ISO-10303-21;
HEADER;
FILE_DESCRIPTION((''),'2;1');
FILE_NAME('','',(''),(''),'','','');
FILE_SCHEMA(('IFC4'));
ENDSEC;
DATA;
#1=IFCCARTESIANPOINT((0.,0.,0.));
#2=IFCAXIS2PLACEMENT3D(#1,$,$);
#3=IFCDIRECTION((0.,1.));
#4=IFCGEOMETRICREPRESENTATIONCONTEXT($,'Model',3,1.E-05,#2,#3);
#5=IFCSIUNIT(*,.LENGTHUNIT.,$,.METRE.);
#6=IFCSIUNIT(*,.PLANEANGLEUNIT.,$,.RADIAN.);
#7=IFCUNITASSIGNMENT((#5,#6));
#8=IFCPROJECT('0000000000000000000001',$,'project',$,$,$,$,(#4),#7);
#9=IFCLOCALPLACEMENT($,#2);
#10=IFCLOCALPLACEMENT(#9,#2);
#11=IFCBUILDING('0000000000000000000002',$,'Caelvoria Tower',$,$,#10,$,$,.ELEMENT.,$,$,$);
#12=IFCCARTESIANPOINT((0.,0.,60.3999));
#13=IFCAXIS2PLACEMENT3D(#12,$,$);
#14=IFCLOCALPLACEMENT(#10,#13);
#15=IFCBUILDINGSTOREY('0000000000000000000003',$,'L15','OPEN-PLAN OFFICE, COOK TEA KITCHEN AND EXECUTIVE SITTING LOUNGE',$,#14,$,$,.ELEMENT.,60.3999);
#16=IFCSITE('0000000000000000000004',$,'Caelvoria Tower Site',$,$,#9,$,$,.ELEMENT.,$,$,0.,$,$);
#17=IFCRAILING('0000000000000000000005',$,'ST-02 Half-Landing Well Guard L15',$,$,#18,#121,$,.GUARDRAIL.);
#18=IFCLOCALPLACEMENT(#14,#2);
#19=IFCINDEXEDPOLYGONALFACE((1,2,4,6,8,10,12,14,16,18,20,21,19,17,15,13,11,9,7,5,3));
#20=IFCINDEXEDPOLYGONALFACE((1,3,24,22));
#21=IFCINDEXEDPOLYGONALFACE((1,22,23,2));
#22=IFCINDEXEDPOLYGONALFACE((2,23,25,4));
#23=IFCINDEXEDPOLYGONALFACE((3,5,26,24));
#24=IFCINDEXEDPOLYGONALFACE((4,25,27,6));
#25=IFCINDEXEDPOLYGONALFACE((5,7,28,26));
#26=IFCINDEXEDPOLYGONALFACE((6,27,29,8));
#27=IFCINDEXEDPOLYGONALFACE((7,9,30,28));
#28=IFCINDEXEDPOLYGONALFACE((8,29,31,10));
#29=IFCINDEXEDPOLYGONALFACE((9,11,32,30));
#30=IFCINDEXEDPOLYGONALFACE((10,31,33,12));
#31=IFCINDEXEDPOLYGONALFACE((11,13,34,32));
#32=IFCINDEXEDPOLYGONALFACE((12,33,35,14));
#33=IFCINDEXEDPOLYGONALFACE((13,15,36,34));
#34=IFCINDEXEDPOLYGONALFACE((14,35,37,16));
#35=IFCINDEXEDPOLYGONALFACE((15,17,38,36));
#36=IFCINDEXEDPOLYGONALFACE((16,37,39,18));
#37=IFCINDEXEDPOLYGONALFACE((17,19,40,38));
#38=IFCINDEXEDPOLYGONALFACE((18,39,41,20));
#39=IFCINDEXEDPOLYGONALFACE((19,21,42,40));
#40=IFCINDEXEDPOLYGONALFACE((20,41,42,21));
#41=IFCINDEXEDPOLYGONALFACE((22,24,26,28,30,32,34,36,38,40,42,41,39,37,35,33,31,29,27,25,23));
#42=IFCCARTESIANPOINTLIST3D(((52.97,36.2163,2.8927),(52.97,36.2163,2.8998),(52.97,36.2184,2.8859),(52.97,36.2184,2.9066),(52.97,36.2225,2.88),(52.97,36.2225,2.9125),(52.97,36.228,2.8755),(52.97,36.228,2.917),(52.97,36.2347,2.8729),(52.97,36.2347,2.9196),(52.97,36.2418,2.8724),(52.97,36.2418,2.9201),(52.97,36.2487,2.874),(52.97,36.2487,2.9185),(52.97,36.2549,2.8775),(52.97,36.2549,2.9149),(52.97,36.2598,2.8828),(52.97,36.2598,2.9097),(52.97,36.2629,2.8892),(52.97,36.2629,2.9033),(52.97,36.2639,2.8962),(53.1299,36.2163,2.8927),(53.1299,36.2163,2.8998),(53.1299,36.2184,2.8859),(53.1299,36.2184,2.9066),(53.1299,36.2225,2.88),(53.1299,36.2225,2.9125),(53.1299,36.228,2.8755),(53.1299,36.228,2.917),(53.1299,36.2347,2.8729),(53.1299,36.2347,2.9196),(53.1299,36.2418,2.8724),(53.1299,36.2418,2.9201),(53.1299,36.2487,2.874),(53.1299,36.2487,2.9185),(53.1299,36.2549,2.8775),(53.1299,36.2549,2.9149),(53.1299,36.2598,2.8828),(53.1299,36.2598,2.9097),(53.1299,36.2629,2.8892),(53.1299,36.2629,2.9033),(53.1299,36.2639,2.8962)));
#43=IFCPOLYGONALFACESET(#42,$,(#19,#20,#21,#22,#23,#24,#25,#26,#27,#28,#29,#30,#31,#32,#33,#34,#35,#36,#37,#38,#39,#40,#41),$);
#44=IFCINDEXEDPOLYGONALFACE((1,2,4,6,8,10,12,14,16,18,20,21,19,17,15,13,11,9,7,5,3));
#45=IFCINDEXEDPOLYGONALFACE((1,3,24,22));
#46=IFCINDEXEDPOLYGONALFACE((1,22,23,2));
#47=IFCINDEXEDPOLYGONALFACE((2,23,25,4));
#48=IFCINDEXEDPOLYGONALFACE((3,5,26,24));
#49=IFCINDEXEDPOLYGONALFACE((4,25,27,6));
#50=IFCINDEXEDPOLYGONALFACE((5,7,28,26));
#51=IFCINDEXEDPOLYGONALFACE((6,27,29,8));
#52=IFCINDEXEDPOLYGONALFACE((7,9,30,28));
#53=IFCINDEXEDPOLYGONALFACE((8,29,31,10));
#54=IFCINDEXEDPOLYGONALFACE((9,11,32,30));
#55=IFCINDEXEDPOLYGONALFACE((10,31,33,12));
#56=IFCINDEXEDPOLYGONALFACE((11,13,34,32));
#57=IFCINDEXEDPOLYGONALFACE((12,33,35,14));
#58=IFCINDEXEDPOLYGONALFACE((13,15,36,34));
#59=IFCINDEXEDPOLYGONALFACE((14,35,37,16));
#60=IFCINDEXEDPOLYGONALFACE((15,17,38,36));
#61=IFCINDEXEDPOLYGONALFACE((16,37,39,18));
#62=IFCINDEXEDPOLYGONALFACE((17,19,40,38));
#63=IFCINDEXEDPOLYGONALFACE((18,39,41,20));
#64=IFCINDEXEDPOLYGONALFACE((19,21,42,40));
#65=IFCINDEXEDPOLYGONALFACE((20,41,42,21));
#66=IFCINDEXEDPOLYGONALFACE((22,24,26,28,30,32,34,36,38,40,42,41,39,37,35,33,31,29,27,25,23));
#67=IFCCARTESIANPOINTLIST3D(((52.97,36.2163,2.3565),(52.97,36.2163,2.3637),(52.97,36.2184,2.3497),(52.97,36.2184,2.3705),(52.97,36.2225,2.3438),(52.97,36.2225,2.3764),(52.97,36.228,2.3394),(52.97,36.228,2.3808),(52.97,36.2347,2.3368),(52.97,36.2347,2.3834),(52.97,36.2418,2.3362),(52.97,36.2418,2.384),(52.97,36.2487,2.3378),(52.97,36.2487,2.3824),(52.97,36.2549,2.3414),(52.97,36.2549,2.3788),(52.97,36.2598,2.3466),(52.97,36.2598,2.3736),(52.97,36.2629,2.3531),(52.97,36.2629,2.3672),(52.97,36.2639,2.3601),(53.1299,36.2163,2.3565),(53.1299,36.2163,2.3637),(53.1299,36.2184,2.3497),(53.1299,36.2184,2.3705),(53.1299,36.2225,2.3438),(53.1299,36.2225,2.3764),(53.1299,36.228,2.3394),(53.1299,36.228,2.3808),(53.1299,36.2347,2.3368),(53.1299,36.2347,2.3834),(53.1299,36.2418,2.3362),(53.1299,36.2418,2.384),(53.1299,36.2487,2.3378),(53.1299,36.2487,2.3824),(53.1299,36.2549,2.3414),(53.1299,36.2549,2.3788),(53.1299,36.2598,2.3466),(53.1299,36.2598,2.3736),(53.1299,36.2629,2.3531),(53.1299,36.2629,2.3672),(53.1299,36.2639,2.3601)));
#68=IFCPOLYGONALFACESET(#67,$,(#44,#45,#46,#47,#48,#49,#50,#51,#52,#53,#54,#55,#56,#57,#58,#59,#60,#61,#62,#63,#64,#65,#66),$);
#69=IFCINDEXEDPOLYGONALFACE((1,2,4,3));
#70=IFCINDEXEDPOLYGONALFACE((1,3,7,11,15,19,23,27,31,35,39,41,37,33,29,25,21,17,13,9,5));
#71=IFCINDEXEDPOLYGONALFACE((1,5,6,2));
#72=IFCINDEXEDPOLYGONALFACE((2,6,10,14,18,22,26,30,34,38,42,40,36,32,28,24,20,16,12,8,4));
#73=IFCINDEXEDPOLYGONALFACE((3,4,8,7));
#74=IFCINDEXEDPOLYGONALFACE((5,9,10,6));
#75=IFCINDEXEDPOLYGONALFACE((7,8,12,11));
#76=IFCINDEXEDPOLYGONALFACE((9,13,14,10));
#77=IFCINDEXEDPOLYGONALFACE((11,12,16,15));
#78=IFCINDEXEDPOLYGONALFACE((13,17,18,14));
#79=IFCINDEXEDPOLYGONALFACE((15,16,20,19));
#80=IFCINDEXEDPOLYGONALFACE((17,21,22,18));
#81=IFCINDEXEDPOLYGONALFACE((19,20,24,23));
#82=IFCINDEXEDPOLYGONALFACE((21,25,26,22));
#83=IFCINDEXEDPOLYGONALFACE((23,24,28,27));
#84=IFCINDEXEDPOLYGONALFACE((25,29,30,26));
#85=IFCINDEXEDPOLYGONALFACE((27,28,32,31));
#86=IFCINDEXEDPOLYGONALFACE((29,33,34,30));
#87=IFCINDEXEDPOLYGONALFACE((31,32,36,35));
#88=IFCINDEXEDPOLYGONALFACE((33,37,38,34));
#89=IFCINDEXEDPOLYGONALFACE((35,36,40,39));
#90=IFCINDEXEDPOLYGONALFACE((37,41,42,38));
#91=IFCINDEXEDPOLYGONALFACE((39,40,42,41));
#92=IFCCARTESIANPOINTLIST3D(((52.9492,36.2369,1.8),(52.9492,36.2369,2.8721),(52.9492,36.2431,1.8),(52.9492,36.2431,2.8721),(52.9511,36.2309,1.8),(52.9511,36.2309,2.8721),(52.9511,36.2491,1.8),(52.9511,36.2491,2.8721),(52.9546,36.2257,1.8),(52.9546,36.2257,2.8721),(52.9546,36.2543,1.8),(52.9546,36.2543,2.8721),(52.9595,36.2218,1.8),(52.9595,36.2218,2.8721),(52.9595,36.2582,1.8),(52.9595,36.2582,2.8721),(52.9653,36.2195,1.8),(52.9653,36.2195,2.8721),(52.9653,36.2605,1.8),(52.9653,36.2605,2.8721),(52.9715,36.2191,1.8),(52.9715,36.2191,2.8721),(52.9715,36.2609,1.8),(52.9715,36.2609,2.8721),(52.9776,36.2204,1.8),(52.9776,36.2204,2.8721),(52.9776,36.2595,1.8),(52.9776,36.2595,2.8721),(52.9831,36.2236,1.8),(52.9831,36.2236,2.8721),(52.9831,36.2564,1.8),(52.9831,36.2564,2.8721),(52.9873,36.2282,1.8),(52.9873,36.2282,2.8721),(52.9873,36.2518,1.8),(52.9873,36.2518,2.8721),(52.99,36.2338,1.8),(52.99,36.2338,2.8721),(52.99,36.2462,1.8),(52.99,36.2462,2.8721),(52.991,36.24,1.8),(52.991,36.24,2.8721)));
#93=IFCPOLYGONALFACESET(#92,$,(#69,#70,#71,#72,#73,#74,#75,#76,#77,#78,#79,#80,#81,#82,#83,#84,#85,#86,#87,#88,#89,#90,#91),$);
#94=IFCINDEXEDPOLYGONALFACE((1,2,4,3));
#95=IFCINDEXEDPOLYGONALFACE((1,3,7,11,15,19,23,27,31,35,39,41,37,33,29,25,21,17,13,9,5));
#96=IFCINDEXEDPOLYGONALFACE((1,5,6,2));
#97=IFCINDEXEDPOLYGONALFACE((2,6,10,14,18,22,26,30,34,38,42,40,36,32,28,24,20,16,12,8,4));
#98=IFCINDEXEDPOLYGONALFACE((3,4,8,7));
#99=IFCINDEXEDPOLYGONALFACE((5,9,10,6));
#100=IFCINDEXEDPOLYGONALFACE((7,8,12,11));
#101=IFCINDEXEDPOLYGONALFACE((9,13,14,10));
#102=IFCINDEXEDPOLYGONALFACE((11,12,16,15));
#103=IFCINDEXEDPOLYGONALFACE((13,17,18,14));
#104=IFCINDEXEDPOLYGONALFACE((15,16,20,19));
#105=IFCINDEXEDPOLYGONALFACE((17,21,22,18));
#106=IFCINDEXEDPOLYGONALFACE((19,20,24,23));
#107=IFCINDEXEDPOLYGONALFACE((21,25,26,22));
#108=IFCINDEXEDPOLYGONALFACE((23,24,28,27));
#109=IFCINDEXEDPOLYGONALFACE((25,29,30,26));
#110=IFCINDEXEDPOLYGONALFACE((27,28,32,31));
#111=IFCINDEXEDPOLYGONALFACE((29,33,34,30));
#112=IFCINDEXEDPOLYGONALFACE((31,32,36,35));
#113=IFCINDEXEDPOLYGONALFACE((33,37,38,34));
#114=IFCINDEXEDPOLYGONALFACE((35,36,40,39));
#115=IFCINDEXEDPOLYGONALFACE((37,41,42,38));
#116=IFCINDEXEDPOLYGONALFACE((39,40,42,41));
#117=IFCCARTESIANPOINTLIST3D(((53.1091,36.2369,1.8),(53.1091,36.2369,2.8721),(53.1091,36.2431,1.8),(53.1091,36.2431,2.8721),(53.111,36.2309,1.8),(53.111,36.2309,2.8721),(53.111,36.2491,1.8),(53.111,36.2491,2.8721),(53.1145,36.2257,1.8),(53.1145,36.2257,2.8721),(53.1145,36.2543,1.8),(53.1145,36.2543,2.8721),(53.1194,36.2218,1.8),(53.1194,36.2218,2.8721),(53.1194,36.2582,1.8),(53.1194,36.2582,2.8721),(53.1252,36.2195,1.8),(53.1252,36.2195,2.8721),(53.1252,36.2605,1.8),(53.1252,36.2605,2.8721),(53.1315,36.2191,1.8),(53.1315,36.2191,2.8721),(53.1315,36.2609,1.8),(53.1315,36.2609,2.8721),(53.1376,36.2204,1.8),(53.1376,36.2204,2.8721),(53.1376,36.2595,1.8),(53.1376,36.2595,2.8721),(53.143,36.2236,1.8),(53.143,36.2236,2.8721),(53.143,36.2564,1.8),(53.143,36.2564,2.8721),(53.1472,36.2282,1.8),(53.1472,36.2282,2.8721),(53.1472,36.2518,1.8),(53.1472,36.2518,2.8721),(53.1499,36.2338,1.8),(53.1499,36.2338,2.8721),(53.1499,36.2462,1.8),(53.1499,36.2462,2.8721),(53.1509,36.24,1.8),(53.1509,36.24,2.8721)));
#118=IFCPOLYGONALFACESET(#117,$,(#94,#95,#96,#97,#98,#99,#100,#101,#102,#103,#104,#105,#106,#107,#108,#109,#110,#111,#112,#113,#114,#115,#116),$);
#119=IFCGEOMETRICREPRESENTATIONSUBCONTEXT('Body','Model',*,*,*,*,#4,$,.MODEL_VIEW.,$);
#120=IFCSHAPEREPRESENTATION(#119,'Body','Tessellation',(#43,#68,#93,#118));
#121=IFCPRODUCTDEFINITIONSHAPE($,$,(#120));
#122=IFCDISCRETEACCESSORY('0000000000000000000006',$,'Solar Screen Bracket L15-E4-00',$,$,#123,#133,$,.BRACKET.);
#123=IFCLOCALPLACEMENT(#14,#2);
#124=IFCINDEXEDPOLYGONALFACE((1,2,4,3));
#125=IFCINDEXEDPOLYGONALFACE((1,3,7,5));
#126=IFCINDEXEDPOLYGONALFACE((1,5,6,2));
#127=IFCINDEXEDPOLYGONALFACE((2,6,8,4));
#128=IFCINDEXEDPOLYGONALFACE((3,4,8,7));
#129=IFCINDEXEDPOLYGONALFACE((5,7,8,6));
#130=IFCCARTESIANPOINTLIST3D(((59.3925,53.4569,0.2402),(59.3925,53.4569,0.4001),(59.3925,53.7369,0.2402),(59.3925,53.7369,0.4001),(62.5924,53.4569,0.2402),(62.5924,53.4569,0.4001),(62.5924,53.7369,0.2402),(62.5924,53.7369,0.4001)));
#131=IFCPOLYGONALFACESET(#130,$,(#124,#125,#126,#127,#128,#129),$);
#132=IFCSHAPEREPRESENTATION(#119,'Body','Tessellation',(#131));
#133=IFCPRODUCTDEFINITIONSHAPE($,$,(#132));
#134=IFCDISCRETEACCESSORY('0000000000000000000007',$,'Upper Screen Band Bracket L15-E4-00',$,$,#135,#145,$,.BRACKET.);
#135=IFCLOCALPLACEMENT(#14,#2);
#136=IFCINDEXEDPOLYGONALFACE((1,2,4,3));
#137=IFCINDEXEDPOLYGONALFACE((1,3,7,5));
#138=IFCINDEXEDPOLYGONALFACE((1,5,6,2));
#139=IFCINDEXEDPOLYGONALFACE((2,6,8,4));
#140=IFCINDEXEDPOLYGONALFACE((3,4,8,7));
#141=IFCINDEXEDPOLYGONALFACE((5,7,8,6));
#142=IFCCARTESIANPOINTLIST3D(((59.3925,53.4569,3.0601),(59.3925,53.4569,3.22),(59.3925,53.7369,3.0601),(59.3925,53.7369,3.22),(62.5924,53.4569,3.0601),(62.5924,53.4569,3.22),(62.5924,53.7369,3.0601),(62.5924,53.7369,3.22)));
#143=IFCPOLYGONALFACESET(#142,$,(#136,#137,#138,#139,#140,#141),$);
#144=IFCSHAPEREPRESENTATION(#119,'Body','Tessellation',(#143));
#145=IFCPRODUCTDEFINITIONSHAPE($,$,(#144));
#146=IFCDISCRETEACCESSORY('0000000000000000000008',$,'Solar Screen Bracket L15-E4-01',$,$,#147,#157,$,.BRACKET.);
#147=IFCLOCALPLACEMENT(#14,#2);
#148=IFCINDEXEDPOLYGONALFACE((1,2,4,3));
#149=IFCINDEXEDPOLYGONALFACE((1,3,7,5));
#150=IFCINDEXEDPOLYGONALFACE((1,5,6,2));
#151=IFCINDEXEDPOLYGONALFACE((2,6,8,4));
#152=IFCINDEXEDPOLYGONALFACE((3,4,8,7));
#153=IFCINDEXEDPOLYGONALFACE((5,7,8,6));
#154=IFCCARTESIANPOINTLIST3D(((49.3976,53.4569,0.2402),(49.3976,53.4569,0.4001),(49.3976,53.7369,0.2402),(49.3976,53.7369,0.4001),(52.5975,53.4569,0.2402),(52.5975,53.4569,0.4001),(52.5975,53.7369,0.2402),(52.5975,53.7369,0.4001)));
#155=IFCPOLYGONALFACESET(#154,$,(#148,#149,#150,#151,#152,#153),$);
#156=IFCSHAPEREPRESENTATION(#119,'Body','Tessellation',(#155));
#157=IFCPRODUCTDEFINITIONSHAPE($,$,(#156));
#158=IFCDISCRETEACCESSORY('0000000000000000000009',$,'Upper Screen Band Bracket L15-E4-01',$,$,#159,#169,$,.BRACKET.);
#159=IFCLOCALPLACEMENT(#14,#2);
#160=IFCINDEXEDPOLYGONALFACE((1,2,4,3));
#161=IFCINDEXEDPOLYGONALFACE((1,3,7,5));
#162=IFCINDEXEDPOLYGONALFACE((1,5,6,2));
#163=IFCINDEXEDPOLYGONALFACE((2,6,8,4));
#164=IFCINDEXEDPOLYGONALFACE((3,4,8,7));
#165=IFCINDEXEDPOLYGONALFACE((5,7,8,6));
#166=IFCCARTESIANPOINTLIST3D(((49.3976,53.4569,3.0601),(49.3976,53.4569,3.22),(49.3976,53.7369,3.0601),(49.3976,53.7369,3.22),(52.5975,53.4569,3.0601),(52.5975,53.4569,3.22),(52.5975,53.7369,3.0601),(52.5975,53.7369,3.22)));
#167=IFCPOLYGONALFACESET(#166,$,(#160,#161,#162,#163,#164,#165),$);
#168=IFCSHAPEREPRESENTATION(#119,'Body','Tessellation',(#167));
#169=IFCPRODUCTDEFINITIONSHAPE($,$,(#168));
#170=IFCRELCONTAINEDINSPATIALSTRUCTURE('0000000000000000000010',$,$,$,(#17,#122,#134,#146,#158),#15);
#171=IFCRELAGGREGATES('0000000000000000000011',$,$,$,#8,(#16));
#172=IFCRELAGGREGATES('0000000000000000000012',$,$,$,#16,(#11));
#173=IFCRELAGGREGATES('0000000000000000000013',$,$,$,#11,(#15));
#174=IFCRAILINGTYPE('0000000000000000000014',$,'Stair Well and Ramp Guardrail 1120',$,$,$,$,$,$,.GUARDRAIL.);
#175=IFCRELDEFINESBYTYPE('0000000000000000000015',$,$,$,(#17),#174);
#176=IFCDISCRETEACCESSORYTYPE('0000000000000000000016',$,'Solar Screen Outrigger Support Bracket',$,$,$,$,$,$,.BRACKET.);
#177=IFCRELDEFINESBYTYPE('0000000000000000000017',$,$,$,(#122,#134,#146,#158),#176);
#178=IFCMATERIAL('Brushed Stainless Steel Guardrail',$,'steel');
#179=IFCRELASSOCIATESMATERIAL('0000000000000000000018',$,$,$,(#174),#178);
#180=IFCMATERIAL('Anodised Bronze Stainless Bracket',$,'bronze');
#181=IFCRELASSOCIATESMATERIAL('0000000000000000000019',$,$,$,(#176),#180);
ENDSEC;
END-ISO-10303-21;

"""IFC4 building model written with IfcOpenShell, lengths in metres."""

from ifc_helpers import new_model, si_unit, direction, frame, origin, origin_2d, place, context, subcontext, project, spatial, rectangle, circle, extrude, material, type_object, element, save


model = new_model("IFC4")

# Units and contexts
model_context = context("Model", 3, precision=1e-05, world=origin(), true_north=direction((0.0, 1.0)))
body_context = subcontext(model_context, "Body", "Model", "MODEL_VIEW")
ifc_project = project(units=[si_unit("LENGTHUNIT", "METRE"), si_unit("PLANEANGLEUNIT", "RADIAN")], contexts=[model_context])

# Site, building, storey
site_placement = place(None, origin())
site = spatial("IfcSite", under=ifc_project, at=site_placement, Name="Caelvoria Tower Site", CompositionType="ELEMENT", RefElevation=0.0)
building_placement = place(site_placement, origin())
building = spatial("IfcBuilding", under=site, at=building_placement, Name="Caelvoria Tower", CompositionType="ELEMENT")
storey_placement = place(building_placement, frame((0.0, 0.0, 60.3999)))
storey = spatial("IfcBuildingStorey", under=building, at=storey_placement, Name="L15", Description="OPEN-PLAN OFFICE, COOK TEA KITCHEN AND EXECUTIVE SITTING LOUNGE", CompositionType="ELEMENT", Elevation=60.3999)

# Railing
ifc_material_1 = material(Name="Brushed Stainless Steel Guardrail", Category="steel")
railing_type_1 = type_object("IfcRailingType", Name="Stair Well and Ramp Guardrail 1120", PredefinedType="GUARDRAIL", material=ifc_material_1)
railing_1_placement = place(storey_placement, frame((52.97, 36.24, 1.8)))
element("IfcRailing", 1, at=railing_1_placement, inside=storey, type_object=railing_type_1, Name="ST-02 Half-Landing Well Guard L15", PredefinedType="GUARDRAIL", context=body_context, shape_type="SweptSolid", body=[
    extrude(circle(Radius=0.0239, at=origin_2d()), frame((0.0, 0.0, 1.0962), z_axis=(1.0, 0.0, 0.0), x_axis=(0.0, 1.0, 0.0)), (0.0, 0.0, 1.0), 0.1599),
    extrude(circle(Radius=0.0239, at=origin_2d()), frame((0.0, 0.0, 0.5601), z_axis=(1.0, 0.0, 0.0), x_axis=(0.0, 1.0, 0.0)), (0.0, 0.0, 1.0), 0.1599),
    extrude(circle(Radius=0.021, at=origin_2d()), origin(), (0.0, 0.0, 1.0), 1.072),
    extrude(circle(Radius=0.021, at=origin_2d()), frame((0.1599, 0.0, 0.0)), (0.0, 0.0, 1.0), 1.072),
])

# Discrete accessories
ifc_material_2 = material(Name="Anodised Bronze Stainless Bracket", Category="bronze")
discrete_accessory_type = type_object("IfcDiscreteAccessoryType", Name="Solar Screen Outrigger Support Bracket", PredefinedType="BRACKET", material=ifc_material_2)
for number, where, z_axis, x_axis, name in (
    (2, (60.9924, 53.5969, 0.2402), (0.0, 0.0, 1.0), (-1.0, 0.0, 0.0), "Solar Screen Bracket L15-E4-00"),
    (3, (60.9924, 53.5969, 3.0601), (0.0, 0.0, 1.0), (-1.0, 0.0, 0.0), "Upper Screen Band Bracket L15-E4-00"),
    (4, (50.9976, 53.5969, 0.2402), (0.0, 0.0, 1.0), (-1.0, 0.0, 0.0), "Solar Screen Bracket L15-E4-01"),
    (5, (50.9976, 53.5969, 3.0601), (0.0, 0.0, 1.0), (-1.0, 0.0, 0.0), "Upper Screen Band Bracket L15-E4-01"),
):
    element("IfcDiscreteAccessory", number, at=place(storey_placement, frame(where, z_axis=z_axis, x_axis=x_axis)), inside=storey, type_object=discrete_accessory_type, Name=name, PredefinedType="BRACKET", context=body_context, shape_type="SweptSolid", body=[
        extrude(rectangle(XDim=3.2, YDim=0.28, at=origin_2d()), origin(), (0.0, 0.0, 1.0), 0.1599),
    ])

save(model, "model.ifc")
